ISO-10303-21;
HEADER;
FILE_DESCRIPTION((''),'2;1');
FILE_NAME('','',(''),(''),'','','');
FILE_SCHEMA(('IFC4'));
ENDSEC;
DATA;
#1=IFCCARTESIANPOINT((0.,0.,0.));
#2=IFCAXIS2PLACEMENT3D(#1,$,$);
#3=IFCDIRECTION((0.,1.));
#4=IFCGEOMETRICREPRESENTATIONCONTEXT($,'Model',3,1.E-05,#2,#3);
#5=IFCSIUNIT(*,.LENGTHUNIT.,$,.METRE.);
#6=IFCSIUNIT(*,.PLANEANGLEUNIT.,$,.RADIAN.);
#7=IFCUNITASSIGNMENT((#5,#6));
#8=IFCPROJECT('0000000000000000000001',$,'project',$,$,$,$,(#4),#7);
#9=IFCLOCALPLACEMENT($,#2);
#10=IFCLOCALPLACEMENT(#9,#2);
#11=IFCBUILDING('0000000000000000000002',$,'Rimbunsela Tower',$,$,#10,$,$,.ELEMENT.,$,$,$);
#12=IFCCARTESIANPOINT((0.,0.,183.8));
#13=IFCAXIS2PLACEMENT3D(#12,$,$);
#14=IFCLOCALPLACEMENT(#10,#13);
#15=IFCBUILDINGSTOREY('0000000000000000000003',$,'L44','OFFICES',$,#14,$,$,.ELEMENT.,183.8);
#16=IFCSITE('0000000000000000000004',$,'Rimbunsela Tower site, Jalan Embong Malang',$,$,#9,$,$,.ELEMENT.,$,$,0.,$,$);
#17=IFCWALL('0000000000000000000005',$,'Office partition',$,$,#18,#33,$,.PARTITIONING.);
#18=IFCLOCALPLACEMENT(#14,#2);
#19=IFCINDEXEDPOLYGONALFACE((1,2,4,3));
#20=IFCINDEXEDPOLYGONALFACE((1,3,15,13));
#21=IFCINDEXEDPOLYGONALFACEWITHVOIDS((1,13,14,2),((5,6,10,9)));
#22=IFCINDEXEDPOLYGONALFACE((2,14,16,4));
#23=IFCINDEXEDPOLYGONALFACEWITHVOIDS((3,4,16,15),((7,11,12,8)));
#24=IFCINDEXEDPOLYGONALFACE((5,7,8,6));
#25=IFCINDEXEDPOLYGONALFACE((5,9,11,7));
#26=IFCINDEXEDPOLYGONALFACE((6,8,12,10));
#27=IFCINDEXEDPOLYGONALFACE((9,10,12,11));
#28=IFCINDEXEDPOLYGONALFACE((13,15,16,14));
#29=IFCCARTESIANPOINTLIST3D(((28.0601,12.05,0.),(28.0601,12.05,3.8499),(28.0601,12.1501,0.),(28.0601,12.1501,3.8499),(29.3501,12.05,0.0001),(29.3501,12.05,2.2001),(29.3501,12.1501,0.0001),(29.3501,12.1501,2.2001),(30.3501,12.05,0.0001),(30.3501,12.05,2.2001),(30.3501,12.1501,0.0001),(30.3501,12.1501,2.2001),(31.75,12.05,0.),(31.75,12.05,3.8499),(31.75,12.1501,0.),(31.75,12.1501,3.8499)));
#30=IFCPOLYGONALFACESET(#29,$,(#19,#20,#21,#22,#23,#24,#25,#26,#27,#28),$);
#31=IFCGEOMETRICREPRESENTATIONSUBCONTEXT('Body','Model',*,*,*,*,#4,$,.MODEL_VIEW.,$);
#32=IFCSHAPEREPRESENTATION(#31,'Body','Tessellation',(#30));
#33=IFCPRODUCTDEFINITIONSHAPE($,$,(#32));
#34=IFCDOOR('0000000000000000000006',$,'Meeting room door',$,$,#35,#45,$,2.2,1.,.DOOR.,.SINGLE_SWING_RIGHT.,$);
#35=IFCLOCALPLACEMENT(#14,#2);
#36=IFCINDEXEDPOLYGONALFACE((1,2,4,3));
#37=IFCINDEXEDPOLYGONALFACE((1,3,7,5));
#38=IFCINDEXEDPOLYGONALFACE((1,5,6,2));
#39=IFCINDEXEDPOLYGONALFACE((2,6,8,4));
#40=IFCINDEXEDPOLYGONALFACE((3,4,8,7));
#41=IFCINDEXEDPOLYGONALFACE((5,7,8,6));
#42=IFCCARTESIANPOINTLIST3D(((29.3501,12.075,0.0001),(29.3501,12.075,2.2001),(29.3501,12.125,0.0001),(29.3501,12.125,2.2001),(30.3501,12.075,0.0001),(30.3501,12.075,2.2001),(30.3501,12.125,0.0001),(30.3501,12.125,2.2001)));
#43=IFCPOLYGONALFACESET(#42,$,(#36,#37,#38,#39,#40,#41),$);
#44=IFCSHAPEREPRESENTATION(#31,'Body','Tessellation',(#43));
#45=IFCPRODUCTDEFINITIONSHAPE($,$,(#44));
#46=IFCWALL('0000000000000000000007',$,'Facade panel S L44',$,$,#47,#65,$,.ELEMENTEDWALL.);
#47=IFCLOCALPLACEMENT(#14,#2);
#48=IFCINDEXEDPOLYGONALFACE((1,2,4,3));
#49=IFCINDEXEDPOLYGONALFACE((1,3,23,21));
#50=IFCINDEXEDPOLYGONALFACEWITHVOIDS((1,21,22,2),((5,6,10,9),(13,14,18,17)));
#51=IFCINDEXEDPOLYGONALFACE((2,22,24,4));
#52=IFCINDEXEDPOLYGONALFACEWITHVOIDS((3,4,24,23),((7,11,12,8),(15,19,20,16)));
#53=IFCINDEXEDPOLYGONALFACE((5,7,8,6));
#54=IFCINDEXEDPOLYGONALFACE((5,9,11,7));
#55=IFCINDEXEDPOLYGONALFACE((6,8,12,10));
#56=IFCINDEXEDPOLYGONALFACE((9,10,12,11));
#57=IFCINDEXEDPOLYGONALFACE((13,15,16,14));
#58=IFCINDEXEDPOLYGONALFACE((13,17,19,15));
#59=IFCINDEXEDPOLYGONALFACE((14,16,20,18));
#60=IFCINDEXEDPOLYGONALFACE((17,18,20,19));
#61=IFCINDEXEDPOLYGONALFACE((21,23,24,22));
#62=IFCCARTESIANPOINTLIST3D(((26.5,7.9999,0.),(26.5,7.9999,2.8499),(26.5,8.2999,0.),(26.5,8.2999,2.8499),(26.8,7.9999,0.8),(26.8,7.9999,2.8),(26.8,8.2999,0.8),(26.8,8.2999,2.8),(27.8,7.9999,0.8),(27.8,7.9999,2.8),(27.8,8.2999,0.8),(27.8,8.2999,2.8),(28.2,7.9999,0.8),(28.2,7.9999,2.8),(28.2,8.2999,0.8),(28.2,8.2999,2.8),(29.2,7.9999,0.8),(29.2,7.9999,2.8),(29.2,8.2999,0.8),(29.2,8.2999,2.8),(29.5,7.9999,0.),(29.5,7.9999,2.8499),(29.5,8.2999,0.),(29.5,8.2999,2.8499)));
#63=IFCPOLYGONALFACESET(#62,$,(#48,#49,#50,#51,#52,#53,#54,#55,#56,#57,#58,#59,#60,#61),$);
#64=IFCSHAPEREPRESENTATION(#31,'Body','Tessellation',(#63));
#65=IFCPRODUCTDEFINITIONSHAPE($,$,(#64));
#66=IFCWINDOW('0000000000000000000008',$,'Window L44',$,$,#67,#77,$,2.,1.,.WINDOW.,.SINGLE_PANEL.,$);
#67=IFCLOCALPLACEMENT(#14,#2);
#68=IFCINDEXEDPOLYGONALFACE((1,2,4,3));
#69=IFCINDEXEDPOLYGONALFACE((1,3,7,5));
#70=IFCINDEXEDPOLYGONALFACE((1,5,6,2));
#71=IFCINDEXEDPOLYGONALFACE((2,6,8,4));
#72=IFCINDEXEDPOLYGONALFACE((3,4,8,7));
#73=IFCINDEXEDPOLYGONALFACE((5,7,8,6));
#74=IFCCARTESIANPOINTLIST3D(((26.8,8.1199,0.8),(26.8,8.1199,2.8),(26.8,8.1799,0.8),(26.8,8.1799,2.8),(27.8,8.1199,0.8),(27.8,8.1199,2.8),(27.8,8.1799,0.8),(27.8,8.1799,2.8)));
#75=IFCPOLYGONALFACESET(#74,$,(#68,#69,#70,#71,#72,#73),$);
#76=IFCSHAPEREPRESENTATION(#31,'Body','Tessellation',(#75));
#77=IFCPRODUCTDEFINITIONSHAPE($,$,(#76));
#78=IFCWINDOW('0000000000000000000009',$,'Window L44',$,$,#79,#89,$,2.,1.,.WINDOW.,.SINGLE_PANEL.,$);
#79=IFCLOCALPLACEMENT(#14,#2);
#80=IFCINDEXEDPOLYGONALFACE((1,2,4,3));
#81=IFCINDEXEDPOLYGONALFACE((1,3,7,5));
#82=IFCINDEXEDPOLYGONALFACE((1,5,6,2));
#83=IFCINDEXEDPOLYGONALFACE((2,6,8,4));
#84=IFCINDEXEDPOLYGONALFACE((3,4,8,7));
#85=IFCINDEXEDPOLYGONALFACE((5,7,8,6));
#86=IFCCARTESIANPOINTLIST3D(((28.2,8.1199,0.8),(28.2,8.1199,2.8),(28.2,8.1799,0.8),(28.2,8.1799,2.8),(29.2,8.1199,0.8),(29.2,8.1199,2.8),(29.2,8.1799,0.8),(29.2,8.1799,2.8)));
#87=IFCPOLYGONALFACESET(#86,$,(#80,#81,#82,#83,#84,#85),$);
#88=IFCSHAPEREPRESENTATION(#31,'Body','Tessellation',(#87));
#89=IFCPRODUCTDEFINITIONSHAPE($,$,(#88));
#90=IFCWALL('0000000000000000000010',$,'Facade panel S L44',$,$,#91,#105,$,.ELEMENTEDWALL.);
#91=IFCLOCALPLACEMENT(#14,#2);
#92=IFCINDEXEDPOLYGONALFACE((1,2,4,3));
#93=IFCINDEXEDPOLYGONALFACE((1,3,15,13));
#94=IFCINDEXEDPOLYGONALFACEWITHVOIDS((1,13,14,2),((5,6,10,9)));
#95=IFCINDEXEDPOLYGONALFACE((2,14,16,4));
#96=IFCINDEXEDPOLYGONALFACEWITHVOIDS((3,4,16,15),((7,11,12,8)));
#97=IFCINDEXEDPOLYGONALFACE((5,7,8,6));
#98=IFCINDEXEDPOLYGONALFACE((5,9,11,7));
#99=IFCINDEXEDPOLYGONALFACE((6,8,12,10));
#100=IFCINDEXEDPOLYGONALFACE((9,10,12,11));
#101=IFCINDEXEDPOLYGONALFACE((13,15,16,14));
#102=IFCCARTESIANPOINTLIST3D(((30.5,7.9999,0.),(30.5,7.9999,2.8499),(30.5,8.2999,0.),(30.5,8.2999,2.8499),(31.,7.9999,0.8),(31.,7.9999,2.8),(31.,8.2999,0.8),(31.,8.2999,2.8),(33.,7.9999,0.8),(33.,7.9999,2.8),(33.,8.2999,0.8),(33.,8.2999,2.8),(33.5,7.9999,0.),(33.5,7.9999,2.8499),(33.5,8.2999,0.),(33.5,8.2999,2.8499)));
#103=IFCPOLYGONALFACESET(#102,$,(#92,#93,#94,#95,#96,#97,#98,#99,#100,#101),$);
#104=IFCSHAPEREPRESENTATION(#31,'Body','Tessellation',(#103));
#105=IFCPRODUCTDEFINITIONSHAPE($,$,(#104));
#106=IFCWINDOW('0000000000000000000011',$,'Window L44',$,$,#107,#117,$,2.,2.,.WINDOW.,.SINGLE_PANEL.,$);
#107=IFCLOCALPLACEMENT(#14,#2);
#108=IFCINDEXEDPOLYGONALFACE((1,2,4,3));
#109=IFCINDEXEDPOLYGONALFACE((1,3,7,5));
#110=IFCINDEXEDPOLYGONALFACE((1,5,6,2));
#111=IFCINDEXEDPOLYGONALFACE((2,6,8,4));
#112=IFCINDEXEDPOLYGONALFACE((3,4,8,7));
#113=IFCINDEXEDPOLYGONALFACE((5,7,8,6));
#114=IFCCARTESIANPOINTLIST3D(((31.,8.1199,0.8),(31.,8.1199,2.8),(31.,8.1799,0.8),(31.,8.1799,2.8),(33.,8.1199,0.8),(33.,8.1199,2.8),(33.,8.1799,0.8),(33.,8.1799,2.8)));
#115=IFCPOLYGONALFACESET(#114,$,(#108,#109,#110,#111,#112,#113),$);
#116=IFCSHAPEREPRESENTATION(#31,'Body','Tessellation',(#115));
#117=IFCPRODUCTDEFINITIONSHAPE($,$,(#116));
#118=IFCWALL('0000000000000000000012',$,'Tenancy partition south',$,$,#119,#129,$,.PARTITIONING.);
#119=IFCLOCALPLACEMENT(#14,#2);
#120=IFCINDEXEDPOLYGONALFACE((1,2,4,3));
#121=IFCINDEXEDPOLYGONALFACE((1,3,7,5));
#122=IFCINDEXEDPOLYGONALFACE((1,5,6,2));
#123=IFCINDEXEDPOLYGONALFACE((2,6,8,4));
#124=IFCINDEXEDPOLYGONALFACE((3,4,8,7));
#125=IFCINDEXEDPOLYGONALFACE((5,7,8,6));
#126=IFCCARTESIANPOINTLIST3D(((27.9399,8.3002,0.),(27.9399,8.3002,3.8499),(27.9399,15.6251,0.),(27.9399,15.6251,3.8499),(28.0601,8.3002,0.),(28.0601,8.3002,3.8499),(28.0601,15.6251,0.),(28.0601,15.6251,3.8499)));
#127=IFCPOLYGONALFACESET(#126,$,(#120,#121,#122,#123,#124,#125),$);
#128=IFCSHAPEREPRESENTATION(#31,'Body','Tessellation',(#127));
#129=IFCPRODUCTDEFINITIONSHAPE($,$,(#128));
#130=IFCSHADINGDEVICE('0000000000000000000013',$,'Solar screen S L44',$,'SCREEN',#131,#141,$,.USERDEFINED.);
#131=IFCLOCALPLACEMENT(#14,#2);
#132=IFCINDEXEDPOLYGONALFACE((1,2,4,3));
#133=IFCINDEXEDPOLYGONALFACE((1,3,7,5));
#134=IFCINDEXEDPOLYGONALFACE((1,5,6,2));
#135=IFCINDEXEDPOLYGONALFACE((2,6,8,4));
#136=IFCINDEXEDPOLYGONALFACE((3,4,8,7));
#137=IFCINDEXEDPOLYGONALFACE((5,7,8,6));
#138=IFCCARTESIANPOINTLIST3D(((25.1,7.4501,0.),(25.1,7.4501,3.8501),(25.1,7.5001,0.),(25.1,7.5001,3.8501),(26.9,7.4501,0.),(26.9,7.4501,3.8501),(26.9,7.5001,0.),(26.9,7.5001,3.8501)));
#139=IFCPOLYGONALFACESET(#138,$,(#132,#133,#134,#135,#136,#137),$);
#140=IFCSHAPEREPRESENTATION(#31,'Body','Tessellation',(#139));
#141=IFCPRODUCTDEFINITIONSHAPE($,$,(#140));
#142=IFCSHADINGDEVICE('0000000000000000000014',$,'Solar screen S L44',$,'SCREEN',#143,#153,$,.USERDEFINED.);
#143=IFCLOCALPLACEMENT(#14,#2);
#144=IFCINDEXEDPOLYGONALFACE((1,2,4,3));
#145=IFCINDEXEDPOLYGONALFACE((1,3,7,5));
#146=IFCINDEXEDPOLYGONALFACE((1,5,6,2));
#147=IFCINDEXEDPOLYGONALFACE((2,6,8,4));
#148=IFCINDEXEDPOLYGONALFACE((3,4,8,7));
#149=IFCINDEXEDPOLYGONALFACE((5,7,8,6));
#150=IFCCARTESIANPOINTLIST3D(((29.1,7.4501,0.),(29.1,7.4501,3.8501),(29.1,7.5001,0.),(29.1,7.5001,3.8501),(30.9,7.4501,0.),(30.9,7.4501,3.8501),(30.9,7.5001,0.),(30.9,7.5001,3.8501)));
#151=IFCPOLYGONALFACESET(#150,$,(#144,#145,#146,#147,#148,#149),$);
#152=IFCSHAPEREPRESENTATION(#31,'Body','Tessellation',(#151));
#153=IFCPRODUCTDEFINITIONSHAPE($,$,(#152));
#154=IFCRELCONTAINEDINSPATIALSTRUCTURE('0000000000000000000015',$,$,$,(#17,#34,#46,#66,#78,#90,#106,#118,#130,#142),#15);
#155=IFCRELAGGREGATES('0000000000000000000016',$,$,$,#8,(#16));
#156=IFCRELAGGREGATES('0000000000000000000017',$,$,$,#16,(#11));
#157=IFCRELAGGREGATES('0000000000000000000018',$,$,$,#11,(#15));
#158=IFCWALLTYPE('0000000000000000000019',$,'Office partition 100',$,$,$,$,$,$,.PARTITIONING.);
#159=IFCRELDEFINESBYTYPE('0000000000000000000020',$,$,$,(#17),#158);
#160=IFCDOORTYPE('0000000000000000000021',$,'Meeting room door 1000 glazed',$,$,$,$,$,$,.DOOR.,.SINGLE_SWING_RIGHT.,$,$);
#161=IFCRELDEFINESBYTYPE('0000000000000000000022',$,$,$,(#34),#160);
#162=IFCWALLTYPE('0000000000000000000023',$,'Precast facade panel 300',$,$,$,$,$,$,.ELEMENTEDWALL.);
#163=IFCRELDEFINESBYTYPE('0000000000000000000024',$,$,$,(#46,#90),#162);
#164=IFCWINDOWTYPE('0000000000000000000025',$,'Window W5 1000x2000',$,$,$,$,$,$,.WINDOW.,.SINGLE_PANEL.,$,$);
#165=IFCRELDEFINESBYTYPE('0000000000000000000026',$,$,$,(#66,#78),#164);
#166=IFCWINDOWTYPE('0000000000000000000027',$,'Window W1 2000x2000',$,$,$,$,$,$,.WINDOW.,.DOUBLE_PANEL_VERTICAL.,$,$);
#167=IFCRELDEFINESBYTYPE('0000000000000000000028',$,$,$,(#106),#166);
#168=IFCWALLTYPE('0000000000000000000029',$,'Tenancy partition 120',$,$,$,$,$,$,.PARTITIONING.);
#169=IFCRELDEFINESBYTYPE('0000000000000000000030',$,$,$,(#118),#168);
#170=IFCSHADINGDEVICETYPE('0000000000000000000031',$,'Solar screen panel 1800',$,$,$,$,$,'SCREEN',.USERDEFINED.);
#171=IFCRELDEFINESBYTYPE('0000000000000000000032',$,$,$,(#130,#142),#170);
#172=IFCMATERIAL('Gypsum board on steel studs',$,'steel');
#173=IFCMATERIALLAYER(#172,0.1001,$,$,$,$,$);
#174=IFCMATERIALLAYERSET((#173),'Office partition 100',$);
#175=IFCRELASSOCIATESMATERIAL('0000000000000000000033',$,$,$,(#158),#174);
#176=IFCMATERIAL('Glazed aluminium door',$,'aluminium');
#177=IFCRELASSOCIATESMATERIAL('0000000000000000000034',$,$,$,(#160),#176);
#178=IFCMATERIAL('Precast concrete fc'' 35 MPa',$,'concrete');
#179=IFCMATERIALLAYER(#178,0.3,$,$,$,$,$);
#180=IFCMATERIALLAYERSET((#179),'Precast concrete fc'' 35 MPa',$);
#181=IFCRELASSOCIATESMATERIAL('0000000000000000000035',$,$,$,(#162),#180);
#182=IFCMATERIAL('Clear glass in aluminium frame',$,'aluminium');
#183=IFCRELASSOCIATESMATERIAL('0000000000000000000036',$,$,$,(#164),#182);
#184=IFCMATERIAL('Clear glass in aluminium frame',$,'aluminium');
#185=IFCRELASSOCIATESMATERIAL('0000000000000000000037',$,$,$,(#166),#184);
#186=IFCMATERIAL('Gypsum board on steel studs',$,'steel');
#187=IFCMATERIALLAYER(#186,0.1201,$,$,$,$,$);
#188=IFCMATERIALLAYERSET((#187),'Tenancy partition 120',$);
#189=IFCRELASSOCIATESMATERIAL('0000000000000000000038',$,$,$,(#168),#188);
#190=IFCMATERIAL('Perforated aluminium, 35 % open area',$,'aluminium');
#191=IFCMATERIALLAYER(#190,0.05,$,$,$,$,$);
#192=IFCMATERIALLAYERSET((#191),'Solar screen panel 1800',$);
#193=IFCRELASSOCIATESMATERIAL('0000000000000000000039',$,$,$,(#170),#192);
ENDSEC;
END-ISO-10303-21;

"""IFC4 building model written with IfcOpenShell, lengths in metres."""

from ifc_helpers import new_model, si_unit, direction, frame, frame_2d, origin, origin_2d, place, context, subcontext, project, spatial, rectangle, extrude, material, layer, layer_set, type_object, element, fill, save


model = new_model("IFC4")

# Units and contexts
model_context = context("Model", 3, precision=1e-05, world=origin(), true_north=direction((0.0, 1.0)))
body_context = subcontext(model_context, "Body", "Model", "MODEL_VIEW")
ifc_project = project(units=[si_unit("LENGTHUNIT", "METRE"), si_unit("PLANEANGLEUNIT", "RADIAN")], contexts=[model_context])

# Site, building, storey
site_placement = place(None, origin())
site = spatial("IfcSite", under=ifc_project, at=site_placement, Name="Rimbunsela Tower site, Jalan Embong Malang", CompositionType="ELEMENT", RefElevation=0.0)
building_placement = place(site_placement, origin())
building = spatial("IfcBuilding", under=site, at=building_placement, Name="Rimbunsela Tower", CompositionType="ELEMENT")
storey_placement = place(building_placement, frame((0.0, 0.0, 183.8)))
storey = spatial("IfcBuildingStorey", under=building, at=storey_placement, Name="L44", Description="OFFICES", CompositionType="ELEMENT", Elevation=183.8)

# Wall, opening, door
ifc_material_1 = material(Name="Gypsum board on steel studs", Category="steel")
ifc_layer_1 = layer(ifc_material_1, 0.1001)
ifc_layer_set_1 = layer_set([ifc_layer_1], Name="Office partition 100")
wall_type_1 = type_object("IfcWallType", Name="Office partition 100", PredefinedType="PARTITIONING", material=ifc_layer_set_1)
wall_1_placement = place(storey_placement, frame((28.0601, 12.1001, 0.0), z_axis=(0.0, 0.0, 1.0), x_axis=(1.0, 0.0, 0.0)))
wall_1 = element("IfcWall", 1, at=wall_1_placement, inside=storey, type_object=wall_type_1, Name="Office partition", PredefinedType="PARTITIONING", context=body_context, shape_type="SweptSolid", body=[
    extrude(rectangle(XDim=3.6899, YDim=0.1001, at=frame_2d((1.845, 0.0))), origin(), (0.0, 0.0, 1.0), 3.8499),
])
opening_1_placement = place(wall_1_placement, frame((1.29, 0.0, 0.0)))
opening_1 = element("IfcOpeningElement", 2, at=opening_1_placement, cuts=wall_1, PredefinedType="OPENING", context=body_context, shape_type="SweptSolid", body=[
    extrude(rectangle(XDim=1.0, YDim=2.2, at=frame_2d((0.5, 1.1001))), frame((0.0, 0.0601, 0.0), z_axis=(0.0, -1.0, 0.0), x_axis=(1.0, 0.0, 0.0)), (0.0, 0.0, 1.0), 0.1201),
])
ifc_material_2 = material(Name="Glazed aluminium door", Category="aluminium")
door_type = type_object("IfcDoorType", Name="Meeting room door 1000 glazed", OperationType="SINGLE_SWING_RIGHT", PredefinedType="DOOR", material=ifc_material_2)
door_placement = place(opening_1_placement, origin())
door = element("IfcDoor", 3, at=door_placement, inside=storey, type_object=door_type, Name="Meeting room door", OperationType="SINGLE_SWING_RIGHT", OverallHeight=2.2, OverallWidth=1.0, PredefinedType="DOOR", context=body_context, shape_type="SweptSolid", body=[
    extrude(rectangle(XDim=1.0, YDim=2.2, at=frame_2d((0.5, 1.1001))), frame((0.0, 0.0249, 0.0), z_axis=(0.0, -1.0, 0.0), x_axis=(1.0, 0.0, 0.0)), (0.0, 0.0, 1.0), 0.05),
])
fill(opening_1, door)

# Wall, openings, windows
ifc_material_3 = material(Name="Precast concrete fc' 35 MPa", Category="concrete")
ifc_layer_2 = layer(ifc_material_3, 0.3)
ifc_layer_set_2 = layer_set([ifc_layer_2], Name="Precast concrete fc' 35 MPa")
wall_type_2 = type_object("IfcWallType", Name="Precast facade panel 300", PredefinedType="ELEMENTEDWALL", material=ifc_layer_set_2)
wall_2_placement = place(storey_placement, frame((26.5, 8.1499, 0.0), z_axis=(0.0, 0.0, 1.0), x_axis=(1.0, 0.0, 0.0)))
wall_2 = element("IfcWall", 4, at=wall_2_placement, inside=storey, type_object=wall_type_2, Name="Facade panel S L44", PredefinedType="ELEMENTEDWALL", context=body_context, shape_type="SweptSolid", body=[
    extrude(rectangle(XDim=3.0, YDim=0.3, at=frame_2d((1.5, 0.0))), origin(), (0.0, 0.0, 1.0), 2.8499),
])
opening_2_placement = place(wall_2_placement, frame((0.3, 0.0, 0.8)))
opening_2 = element("IfcOpeningElement", 5, at=opening_2_placement, cuts=wall_2, PredefinedType="OPENING", context=body_context, shape_type="SweptSolid", body=[
    extrude(rectangle(XDim=1.0, YDim=2.0, at=frame_2d((0.5, 1.0))), frame((0.0, 0.1599, 0.0), z_axis=(0.0, -1.0, 0.0), x_axis=(1.0, 0.0, 0.0)), (0.0, 0.0, 1.0), 0.3201),
])
opening_3_placement = place(wall_2_placement, frame((1.7, 0.0, 0.8)))
opening_3 = element("IfcOpeningElement", 6, at=opening_3_placement, cuts=wall_2, PredefinedType="OPENING", context=body_context, shape_type="SweptSolid", body=[
    extrude(rectangle(XDim=1.0, YDim=2.0, at=frame_2d((0.5, 1.0))), frame((0.0, 0.1599, 0.0), z_axis=(0.0, -1.0, 0.0), x_axis=(1.0, 0.0, 0.0)), (0.0, 0.0, 1.0), 0.3201),
])
ifc_material_4 = material(Name="Clear glass in aluminium frame", Category="aluminium")
window_type_1 = type_object("IfcWindowType", Name="Window W5 1000x2000", PartitioningType="SINGLE_PANEL", PredefinedType="WINDOW", material=ifc_material_4)
window_1_placement = place(opening_2_placement, origin())
window_1 = element("IfcWindow", 7, at=window_1_placement, inside=storey, type_object=window_type_1, Name="Window L44", OverallHeight=2.0, OverallWidth=1.0, PartitioningType="SINGLE_PANEL", PredefinedType="WINDOW", context=body_context, shape_type="SweptSolid", body=[
    extrude(rectangle(XDim=1.0, YDim=2.0, at=frame_2d((0.5, 1.0))), frame((0.0, 0.03, 0.0), z_axis=(0.0, -1.0, 0.0), x_axis=(1.0, 0.0, 0.0)), (0.0, 0.0, 1.0), 0.0601),
])
fill(opening_2, window_1)
window_2_placement = place(opening_3_placement, origin())
window_2 = element("IfcWindow", 8, at=window_2_placement, inside=storey, type_object=window_type_1, Name="Window L44", OverallHeight=2.0, OverallWidth=1.0, PartitioningType="SINGLE_PANEL", PredefinedType="WINDOW", context=body_context, shape_type="SweptSolid", body=[
    extrude(rectangle(XDim=1.0, YDim=2.0, at=frame_2d((0.5, 1.0))), frame((0.0, 0.03, 0.0), z_axis=(0.0, -1.0, 0.0), x_axis=(1.0, 0.0, 0.0)), (0.0, 0.0, 1.0), 0.0601),
])
fill(opening_3, window_2)

# Wall, opening, window
wall_3_placement = place(storey_placement, frame((30.5, 8.1499, 0.0), z_axis=(0.0, 0.0, 1.0), x_axis=(1.0, 0.0, 0.0)))
wall_3 = element("IfcWall", 9, at=wall_3_placement, inside=storey, type_object=wall_type_2, Name="Facade panel S L44", PredefinedType="ELEMENTEDWALL", context=body_context, shape_type="SweptSolid", body=[
    extrude(rectangle(XDim=3.0, YDim=0.3, at=frame_2d((1.5, 0.0))), origin(), (0.0, 0.0, 1.0), 2.8499),
])
opening_4_placement = place(wall_3_placement, frame((0.5, 0.0, 0.8)))
opening_4 = element("IfcOpeningElement", 10, at=opening_4_placement, cuts=wall_3, PredefinedType="OPENING", context=body_context, shape_type="SweptSolid", body=[
    extrude(rectangle(XDim=2.0, YDim=2.0, at=frame_2d((1.0, 1.0))), frame((0.0, 0.1599, 0.0), z_axis=(0.0, -1.0, 0.0), x_axis=(1.0, 0.0, 0.0)), (0.0, 0.0, 1.0), 0.3201),
])
ifc_material_5 = material(Name="Clear glass in aluminium frame", Category="aluminium")
window_type_2 = type_object("IfcWindowType", Name="Window W1 2000x2000", PartitioningType="DOUBLE_PANEL_VERTICAL", PredefinedType="WINDOW", material=ifc_material_5)
window_3_placement = place(opening_4_placement, origin())
window_3 = element("IfcWindow", 11, at=window_3_placement, inside=storey, type_object=window_type_2, Name="Window L44", OverallHeight=2.0, OverallWidth=2.0, PartitioningType="SINGLE_PANEL", PredefinedType="WINDOW", context=body_context, shape_type="SweptSolid", body=[
    extrude(rectangle(XDim=2.0, YDim=2.0, at=frame_2d((1.0, 1.0))), frame((0.0, 0.03, 0.0), z_axis=(0.0, -1.0, 0.0), x_axis=(1.0, 0.0, 0.0)), (0.0, 0.0, 1.0), 0.0601),
])
fill(opening_4, window_3)

# Wall
ifc_material_6 = material(Name="Gypsum board on steel studs", Category="steel")
ifc_layer_3 = layer(ifc_material_6, 0.1201)
ifc_layer_set_3 = layer_set([ifc_layer_3], Name="Tenancy partition 120")
wall_type_3 = type_object("IfcWallType", Name="Tenancy partition 120", PredefinedType="PARTITIONING", material=ifc_layer_set_3)
wall_4_placement = place(storey_placement, frame((28.0, 8.3, 0.0), z_axis=(0.0, 0.0, 1.0), x_axis=(0.0, 1.0, 0.0)))
element("IfcWall", 12, at=wall_4_placement, inside=storey, type_object=wall_type_3, Name="Tenancy partition south", PredefinedType="PARTITIONING", context=body_context, shape_type="SweptSolid", body=[
    extrude(rectangle(XDim=7.325, YDim=0.1201, at=frame_2d((3.6626, 0.0))), origin(), (0.0, 0.0, 1.0), 3.8499),
])

# Shading devices
ifc_material_7 = material(Name="Perforated aluminium, 35 % open area", Category="aluminium")
ifc_layer_4 = layer(ifc_material_7, 0.05)
ifc_layer_set_4 = layer_set([ifc_layer_4], Name="Solar screen panel 1800")
shading_device_type = type_object("IfcShadingDeviceType", Name="Solar screen panel 1800", ElementType="SCREEN", PredefinedType="USERDEFINED", material=ifc_layer_set_4)
for number, where, z_axis, x_axis, name in (
    (13, (26.0, 7.4751, 0.0), (0.0, 0.0, 1.0), (1.0, 0.0, 0.0), "Solar screen S L44"),
    (14, (30.0, 7.4751, 0.0), (0.0, 0.0, 1.0), (1.0, 0.0, 0.0), "Solar screen S L44"),
):
    element("IfcShadingDevice", number, at=place(storey_placement, frame(where, z_axis=z_axis, x_axis=x_axis)), inside=storey, type_object=shading_device_type, Name=name, ObjectType="SCREEN", PredefinedType="USERDEFINED", context=body_context, shape_type="SweptSolid", body=[
        extrude(rectangle(XDim=1.8, YDim=0.05, at=origin_2d()), origin(), (0.0, 0.0, 1.0), 3.8501),
    ])

save(model, "model.ifc")
